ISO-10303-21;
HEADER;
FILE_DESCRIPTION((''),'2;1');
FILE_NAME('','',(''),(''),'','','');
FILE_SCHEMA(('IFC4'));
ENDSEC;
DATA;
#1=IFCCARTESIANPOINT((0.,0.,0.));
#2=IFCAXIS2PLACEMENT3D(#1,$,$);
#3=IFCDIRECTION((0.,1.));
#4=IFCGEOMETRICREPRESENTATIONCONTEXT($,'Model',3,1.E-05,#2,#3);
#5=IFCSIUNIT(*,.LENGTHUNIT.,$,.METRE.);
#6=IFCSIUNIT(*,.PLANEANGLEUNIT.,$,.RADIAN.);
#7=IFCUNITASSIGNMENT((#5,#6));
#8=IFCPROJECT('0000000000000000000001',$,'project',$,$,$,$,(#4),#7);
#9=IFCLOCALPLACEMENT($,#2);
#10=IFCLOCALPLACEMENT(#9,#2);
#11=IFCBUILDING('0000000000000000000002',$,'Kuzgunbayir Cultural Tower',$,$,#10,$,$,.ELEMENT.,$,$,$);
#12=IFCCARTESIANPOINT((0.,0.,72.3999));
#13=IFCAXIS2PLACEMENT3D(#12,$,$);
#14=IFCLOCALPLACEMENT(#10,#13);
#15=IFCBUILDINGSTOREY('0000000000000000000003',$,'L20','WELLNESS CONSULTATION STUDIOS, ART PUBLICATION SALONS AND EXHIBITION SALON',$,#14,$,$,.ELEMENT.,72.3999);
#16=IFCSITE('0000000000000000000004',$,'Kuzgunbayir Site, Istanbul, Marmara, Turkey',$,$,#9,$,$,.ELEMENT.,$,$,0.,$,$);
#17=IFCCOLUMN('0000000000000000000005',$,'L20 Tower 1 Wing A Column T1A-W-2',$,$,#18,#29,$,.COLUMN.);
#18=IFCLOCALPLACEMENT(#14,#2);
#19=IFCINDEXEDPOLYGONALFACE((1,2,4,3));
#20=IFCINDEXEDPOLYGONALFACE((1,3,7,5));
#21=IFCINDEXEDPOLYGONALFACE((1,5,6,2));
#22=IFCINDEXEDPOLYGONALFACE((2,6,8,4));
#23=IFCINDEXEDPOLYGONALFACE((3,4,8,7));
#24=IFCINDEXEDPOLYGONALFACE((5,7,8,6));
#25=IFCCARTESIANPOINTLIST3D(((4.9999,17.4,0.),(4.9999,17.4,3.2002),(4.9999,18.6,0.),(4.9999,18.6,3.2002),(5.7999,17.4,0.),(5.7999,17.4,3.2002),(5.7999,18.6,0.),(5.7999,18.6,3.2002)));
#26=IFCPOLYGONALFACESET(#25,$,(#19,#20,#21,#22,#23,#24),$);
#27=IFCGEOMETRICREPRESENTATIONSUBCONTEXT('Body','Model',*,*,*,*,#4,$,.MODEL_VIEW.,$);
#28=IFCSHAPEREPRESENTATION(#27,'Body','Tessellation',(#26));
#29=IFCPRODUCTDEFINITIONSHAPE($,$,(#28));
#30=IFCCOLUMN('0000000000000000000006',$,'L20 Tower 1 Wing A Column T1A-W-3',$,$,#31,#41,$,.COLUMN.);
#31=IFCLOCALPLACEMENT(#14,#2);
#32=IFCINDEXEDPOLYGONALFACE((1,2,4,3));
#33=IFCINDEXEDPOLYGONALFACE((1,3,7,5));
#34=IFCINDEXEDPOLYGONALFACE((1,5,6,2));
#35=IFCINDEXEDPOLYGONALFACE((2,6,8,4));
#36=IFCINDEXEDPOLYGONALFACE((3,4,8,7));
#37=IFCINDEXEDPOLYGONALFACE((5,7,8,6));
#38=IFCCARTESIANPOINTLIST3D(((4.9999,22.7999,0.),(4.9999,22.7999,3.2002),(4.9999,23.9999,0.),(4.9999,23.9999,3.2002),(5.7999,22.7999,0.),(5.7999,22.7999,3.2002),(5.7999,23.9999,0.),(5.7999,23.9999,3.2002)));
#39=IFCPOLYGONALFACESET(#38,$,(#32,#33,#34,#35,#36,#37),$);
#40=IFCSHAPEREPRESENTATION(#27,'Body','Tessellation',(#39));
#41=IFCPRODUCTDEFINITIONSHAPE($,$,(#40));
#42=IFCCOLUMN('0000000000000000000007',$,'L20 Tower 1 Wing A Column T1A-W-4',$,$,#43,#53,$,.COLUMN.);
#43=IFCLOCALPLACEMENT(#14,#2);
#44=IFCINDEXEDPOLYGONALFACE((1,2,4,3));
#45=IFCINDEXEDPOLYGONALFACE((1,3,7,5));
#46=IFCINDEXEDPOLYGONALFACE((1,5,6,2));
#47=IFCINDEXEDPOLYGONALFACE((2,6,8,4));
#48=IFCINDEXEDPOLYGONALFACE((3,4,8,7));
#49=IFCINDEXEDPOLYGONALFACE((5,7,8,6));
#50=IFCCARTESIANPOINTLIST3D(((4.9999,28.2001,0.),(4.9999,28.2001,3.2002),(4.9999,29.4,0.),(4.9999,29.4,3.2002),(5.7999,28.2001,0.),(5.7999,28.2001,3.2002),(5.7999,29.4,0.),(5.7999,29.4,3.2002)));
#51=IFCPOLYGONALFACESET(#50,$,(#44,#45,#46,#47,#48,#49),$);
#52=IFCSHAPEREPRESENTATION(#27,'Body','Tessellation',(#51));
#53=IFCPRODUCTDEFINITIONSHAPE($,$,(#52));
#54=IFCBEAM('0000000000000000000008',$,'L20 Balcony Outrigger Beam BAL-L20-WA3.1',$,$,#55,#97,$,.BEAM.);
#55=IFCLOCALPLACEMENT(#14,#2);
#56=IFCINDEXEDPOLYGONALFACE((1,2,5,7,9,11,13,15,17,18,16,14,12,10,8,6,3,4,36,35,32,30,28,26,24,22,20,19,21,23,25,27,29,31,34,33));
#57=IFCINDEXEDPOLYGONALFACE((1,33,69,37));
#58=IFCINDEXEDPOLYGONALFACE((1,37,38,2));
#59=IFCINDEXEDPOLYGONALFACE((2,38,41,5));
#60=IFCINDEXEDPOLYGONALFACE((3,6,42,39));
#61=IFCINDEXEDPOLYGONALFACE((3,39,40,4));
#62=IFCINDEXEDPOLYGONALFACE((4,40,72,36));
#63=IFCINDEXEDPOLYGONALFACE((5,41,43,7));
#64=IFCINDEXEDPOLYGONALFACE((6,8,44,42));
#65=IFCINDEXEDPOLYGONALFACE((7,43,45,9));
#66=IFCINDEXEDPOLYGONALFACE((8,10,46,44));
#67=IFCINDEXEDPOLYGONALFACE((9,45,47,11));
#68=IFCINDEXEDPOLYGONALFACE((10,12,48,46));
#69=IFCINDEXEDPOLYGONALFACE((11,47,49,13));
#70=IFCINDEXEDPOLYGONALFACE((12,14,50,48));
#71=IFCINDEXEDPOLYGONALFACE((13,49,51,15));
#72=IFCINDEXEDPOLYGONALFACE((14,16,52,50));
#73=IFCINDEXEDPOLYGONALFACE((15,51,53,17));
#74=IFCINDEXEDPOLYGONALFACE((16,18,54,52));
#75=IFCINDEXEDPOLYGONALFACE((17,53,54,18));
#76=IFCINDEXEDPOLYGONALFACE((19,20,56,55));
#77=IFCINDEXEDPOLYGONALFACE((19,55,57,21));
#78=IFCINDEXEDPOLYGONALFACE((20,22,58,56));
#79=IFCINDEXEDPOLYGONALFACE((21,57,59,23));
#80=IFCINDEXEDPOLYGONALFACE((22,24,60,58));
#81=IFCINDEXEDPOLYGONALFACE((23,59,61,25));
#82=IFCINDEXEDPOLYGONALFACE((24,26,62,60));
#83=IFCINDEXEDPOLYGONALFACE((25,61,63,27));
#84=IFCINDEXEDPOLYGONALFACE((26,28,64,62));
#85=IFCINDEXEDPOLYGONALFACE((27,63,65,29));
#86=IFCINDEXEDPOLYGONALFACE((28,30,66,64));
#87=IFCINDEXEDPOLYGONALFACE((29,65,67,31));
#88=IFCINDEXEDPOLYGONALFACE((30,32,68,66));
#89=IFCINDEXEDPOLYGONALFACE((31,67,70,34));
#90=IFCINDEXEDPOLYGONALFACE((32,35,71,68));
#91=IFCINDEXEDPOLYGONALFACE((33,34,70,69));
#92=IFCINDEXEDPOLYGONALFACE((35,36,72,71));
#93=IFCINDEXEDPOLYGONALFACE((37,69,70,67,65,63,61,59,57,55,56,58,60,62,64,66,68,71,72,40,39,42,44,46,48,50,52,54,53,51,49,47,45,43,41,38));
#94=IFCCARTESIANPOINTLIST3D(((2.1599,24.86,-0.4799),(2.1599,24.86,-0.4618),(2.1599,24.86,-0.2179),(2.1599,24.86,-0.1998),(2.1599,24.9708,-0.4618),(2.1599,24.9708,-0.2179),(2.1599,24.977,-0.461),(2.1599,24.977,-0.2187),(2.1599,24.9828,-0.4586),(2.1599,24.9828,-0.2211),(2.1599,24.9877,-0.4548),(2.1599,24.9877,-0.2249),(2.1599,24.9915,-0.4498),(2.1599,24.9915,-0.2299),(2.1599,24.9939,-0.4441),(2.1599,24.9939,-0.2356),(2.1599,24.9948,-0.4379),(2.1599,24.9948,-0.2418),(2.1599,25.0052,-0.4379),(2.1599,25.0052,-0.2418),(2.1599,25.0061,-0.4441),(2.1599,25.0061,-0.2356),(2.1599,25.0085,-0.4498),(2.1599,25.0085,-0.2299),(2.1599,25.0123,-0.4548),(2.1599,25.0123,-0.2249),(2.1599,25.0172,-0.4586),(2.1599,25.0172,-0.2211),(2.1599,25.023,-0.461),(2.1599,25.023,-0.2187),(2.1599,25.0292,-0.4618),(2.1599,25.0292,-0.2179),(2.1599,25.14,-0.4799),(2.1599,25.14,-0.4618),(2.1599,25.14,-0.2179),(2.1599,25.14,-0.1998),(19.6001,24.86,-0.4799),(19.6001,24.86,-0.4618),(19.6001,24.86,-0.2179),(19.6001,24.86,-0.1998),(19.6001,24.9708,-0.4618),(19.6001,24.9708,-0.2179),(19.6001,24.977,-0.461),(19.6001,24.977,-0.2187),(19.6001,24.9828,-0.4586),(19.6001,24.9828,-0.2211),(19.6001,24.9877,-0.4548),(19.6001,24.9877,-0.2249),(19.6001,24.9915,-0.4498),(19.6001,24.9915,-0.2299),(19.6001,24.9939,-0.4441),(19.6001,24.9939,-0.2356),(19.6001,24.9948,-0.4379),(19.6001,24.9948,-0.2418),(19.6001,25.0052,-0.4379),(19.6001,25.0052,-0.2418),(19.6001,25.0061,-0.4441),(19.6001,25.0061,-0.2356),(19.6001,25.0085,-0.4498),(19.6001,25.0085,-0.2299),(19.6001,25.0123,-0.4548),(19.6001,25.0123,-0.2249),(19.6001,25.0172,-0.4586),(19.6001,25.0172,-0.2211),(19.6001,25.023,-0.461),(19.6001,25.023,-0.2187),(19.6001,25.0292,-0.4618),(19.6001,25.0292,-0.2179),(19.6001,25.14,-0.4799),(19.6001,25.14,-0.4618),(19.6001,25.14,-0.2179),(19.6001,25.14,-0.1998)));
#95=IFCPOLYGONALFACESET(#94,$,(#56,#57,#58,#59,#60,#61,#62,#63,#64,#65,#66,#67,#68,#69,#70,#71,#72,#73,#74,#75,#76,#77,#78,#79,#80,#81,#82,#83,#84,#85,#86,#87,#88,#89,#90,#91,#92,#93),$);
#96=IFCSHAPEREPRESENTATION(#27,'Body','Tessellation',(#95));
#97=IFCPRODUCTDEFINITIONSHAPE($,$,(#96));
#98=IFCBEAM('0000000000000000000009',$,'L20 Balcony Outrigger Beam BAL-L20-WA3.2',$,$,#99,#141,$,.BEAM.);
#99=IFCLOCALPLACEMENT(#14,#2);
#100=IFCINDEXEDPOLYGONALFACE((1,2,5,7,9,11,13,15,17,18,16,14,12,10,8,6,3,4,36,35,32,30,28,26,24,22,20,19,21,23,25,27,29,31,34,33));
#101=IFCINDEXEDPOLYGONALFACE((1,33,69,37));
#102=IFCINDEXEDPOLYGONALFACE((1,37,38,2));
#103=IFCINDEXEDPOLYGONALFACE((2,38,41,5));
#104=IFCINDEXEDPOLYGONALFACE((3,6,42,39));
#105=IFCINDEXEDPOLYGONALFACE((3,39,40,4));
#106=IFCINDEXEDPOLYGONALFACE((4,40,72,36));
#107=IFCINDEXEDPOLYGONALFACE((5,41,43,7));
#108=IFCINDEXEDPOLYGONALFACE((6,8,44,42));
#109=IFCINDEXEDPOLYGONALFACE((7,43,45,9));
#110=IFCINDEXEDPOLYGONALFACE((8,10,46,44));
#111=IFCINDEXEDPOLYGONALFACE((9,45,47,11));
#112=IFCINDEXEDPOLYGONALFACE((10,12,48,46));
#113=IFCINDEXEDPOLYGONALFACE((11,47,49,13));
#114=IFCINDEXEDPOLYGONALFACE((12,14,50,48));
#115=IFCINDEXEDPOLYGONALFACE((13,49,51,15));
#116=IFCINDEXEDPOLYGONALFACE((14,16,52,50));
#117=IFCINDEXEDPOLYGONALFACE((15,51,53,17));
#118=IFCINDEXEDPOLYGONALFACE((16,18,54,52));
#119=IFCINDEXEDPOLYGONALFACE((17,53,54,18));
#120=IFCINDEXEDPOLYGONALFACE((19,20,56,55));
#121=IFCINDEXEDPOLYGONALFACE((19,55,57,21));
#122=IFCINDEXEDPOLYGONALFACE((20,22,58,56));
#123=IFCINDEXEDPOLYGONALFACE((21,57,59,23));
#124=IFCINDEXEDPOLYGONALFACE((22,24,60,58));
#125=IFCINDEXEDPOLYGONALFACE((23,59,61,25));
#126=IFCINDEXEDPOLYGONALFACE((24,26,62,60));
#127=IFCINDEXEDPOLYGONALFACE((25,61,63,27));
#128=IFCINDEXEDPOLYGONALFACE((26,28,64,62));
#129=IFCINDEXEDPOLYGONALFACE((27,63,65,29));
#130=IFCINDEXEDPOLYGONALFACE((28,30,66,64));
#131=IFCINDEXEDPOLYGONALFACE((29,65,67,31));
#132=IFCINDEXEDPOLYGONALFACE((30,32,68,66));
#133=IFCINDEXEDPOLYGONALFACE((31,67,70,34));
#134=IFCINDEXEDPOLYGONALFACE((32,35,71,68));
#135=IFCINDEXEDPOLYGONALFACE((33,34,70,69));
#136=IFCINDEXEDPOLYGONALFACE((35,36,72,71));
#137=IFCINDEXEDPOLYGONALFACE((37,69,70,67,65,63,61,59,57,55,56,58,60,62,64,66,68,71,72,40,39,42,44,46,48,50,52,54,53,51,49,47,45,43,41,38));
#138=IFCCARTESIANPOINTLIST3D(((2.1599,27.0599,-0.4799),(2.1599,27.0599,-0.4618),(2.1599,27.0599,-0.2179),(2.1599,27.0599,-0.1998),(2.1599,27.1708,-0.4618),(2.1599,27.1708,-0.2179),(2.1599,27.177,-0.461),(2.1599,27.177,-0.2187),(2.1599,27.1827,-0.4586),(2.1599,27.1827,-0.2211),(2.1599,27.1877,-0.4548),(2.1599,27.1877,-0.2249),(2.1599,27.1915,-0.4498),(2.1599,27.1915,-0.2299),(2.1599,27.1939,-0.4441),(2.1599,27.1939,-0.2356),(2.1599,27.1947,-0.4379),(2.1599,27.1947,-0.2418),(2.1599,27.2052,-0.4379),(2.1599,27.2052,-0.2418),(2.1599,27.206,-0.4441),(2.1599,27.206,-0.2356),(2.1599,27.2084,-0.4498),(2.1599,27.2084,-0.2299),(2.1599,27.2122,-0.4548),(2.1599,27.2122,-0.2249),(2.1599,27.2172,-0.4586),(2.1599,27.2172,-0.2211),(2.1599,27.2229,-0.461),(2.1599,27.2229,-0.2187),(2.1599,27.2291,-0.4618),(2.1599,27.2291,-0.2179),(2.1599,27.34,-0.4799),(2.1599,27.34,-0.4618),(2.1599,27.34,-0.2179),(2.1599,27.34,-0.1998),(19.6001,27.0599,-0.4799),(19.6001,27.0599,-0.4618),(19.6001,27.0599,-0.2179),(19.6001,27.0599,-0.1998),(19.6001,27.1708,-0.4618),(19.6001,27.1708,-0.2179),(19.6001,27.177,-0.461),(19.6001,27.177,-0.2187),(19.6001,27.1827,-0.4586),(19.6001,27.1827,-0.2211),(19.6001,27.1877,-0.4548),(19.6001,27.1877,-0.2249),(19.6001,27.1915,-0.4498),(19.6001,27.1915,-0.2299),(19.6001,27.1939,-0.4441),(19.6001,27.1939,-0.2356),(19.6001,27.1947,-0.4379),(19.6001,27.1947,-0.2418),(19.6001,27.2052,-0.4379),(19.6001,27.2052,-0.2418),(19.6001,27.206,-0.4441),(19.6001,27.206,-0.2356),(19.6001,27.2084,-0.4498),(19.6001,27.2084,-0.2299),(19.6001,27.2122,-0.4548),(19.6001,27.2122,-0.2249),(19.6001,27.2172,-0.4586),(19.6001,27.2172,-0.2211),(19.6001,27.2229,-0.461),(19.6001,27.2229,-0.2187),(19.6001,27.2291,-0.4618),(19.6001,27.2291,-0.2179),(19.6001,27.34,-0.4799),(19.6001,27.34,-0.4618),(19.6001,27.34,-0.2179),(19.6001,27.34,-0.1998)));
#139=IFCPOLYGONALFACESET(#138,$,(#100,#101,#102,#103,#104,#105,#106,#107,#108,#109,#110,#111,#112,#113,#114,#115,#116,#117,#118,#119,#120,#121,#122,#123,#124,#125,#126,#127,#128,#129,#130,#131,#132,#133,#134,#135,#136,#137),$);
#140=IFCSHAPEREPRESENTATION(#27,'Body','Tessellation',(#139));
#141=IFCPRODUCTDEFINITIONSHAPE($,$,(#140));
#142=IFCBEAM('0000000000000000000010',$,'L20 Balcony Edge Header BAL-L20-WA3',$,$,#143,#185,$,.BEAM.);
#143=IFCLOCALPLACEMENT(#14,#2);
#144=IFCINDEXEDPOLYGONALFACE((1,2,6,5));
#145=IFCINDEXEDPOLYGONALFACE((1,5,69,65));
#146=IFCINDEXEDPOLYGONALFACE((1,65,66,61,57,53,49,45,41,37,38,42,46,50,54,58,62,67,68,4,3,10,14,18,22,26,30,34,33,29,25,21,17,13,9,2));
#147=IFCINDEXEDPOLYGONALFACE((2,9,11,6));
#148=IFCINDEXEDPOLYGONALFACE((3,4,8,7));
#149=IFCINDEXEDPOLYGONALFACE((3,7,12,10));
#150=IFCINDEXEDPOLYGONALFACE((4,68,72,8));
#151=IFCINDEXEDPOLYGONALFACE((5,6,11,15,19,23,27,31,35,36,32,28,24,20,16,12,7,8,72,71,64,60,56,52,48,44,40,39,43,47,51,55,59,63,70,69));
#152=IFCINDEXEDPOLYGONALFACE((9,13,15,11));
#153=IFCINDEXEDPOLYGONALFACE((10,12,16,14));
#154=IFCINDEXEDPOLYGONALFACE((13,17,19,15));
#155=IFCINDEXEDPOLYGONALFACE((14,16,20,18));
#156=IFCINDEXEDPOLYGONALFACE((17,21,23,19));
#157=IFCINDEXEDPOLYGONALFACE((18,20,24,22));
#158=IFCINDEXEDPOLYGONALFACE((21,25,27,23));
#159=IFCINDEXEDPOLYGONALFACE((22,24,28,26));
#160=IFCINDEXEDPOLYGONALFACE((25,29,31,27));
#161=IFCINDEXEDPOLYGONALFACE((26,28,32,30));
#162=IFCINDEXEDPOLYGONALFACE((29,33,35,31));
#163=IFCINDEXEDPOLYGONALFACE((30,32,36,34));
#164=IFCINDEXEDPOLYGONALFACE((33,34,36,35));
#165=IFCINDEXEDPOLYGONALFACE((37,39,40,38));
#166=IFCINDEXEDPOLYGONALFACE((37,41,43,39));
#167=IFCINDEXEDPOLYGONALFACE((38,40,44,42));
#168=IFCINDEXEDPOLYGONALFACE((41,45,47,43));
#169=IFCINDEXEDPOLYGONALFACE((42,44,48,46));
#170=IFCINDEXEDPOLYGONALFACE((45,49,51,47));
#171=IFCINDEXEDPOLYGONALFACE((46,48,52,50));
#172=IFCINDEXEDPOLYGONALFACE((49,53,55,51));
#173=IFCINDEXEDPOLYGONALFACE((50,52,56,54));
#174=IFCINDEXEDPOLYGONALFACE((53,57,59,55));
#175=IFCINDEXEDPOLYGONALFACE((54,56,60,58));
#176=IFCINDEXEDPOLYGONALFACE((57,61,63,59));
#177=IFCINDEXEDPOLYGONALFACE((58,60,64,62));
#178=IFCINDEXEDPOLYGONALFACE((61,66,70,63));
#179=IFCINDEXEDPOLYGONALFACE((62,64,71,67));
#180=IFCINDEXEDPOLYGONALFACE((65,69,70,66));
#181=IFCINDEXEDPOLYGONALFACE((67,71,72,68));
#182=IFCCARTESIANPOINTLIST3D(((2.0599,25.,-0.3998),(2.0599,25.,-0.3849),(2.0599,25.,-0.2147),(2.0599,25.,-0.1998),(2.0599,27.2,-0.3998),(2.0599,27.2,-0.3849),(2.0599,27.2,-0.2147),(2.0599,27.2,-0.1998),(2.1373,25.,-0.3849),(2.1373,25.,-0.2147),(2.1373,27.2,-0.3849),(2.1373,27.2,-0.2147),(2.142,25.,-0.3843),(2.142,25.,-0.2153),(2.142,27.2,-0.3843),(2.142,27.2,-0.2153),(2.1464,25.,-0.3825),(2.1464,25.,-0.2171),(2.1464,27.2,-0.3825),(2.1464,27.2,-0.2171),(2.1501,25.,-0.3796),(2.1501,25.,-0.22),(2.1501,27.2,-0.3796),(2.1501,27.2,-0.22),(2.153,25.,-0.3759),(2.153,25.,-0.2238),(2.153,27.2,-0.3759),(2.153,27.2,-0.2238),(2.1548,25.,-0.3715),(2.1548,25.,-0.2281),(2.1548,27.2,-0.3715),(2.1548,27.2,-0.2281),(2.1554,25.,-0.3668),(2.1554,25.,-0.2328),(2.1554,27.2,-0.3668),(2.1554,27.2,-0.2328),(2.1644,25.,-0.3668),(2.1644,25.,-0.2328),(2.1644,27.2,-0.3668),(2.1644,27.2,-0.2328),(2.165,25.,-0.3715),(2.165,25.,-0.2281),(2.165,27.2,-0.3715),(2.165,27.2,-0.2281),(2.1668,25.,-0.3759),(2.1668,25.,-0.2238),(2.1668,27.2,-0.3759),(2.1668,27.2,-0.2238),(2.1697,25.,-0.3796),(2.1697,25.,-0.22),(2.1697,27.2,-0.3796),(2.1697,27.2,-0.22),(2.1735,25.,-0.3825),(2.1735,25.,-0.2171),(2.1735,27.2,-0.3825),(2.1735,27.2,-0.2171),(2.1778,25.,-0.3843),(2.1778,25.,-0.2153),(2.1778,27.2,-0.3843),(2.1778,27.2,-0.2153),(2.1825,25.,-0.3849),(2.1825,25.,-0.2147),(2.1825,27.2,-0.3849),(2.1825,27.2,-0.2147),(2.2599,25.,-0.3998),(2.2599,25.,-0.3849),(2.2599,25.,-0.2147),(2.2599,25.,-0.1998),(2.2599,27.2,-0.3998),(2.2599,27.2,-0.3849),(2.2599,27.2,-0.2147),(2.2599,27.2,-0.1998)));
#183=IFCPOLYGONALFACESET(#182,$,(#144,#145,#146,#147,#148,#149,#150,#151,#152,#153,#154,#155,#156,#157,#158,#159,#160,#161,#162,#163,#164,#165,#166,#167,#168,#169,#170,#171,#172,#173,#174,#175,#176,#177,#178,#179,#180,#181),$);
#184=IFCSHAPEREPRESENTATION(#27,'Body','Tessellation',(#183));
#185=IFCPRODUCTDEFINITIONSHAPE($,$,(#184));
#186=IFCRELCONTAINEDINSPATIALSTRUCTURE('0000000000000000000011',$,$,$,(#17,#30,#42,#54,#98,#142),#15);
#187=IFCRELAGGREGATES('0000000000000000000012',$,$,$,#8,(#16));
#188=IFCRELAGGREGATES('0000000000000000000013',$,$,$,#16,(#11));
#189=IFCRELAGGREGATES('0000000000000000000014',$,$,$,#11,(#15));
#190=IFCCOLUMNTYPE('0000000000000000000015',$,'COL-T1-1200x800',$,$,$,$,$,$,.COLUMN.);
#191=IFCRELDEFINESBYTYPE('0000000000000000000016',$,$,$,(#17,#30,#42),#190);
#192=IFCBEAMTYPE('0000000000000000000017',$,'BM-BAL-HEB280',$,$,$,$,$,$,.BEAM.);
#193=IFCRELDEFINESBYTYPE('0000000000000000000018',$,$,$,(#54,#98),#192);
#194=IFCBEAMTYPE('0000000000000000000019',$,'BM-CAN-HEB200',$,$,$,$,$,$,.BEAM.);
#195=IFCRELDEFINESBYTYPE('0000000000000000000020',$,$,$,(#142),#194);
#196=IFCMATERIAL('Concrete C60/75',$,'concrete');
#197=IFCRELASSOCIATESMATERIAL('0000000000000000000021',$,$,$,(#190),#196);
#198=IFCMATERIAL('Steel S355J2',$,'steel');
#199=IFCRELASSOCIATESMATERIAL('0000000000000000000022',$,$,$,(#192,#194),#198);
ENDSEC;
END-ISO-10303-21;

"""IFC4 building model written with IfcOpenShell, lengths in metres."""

from ifc_helpers import new_model, si_unit, direction, frame, origin, origin_2d, place, context, subcontext, project, spatial, rectangle, i_section, extrude, material, material_profile, profile_set, type_object, element, save


model = new_model("IFC4")

# Units and contexts
model_context = context("Model", 3, precision=1e-05, world=origin(), true_north=direction((0.0, 1.0)))
body_context = subcontext(model_context, "Body", "Model", "MODEL_VIEW")
ifc_project = project(units=[si_unit("LENGTHUNIT", "METRE"), si_unit("PLANEANGLEUNIT", "RADIAN")], contexts=[model_context])

# Site, building, storey
site_placement = place(None, origin())
site = spatial("IfcSite", under=ifc_project, at=site_placement, Name="Kuzgunbayir Site, Istanbul, Marmara, Turkey", CompositionType="ELEMENT", RefElevation=0.0)
building_placement = place(site_placement, origin())
building = spatial("IfcBuilding", under=site, at=building_placement, Name="Kuzgunbayir Cultural Tower", CompositionType="ELEMENT")
storey_placement = place(building_placement, frame((0.0, 0.0, 72.3999)))
storey = spatial("IfcBuildingStorey", under=building, at=storey_placement, Name="L20", Description="WELLNESS CONSULTATION STUDIOS, ART PUBLICATION SALONS AND EXHIBITION SALON", CompositionType="ELEMENT", Elevation=72.3999)

# Columns
ifc_material_1 = material(Name="Concrete C60/75", Category="concrete")
ifc_material_profile_1 = material_profile(ifc_material_1, rectangle(XDim=0.8, YDim=1.2, at=origin_2d()), Name="RC 1200x800")
ifc_profile_set_1 = profile_set([ifc_material_profile_1], Name="Concrete C60/75")
column_type = type_object("IfcColumnType", Name="COL-T1-1200x800", PredefinedType="COLUMN", material=ifc_profile_set_1)
for number, where, z_axis, x_axis, name in (
    (1, (5.3999, 18.0, 0.0), (0.0, 0.0, 1.0), (1.0, 0.0, 0.0), "L20 Tower 1 Wing A Column T1A-W-2"),
    (2, (5.3999, 23.3999, 0.0), (0.0, 0.0, 1.0), (1.0, 0.0, 0.0), "L20 Tower 1 Wing A Column T1A-W-3"),
    (3, (5.3999, 28.8, 0.0), (0.0, 0.0, 1.0), (1.0, 0.0, 0.0), "L20 Tower 1 Wing A Column T1A-W-4"),
):
    element("IfcColumn", number, at=place(storey_placement, frame(where, z_axis=z_axis, x_axis=x_axis)), inside=storey, type_object=column_type, Name=name, PredefinedType="COLUMN", context=body_context, shape_type="SweptSolid", body=[
        extrude(rectangle(XDim=0.8, YDim=1.2, at=origin_2d()), origin(), (0.0, 0.0, 1.0), 3.2002),
    ])

# Beams
ifc_material_2 = material(Name="Steel S355J2", Category="steel")
ifc_material_profile_2 = material_profile(ifc_material_2, i_section(OverallWidth=0.28, OverallDepth=0.28, WebThickness=0.0105, FlangeThickness=0.0181, FilletRadius=0.0239, at=origin_2d()), Name="HEB 280")
ifc_profile_set_2 = profile_set([ifc_material_profile_2], Name="Steel S355J2")
beam_type_1 = type_object("IfcBeamType", Name="BM-BAL-HEB280", PredefinedType="BEAM", material=ifc_profile_set_2)
for number, where, z_axis, x_axis, name in (
    (4, (2.1599, 25.0, -0.3398), (1.0, 0.0, 0.0), (0.0, 1.0, 0.0), "L20 Balcony Outrigger Beam BAL-L20-WA3.1"),
    (5, (2.1599, 27.2, -0.3398), (1.0, 0.0, 0.0), (0.0, 1.0, 0.0), "L20 Balcony Outrigger Beam BAL-L20-WA3.2"),
):
    element("IfcBeam", number, at=place(storey_placement, frame(where, z_axis=z_axis, x_axis=x_axis)), inside=storey, type_object=beam_type_1, Name=name, PredefinedType="BEAM", context=body_context, shape_type="SweptSolid", body=[
        extrude(i_section(OverallWidth=0.28, OverallDepth=0.28, WebThickness=0.0105, FlangeThickness=0.0181, FilletRadius=0.0239, at=origin_2d()), origin(), (0.0, 0.0, 1.0), 17.4402),
    ])
ifc_material_profile_3 = material_profile(ifc_material_2, i_section(OverallWidth=0.2, OverallDepth=0.2, WebThickness=0.009, FlangeThickness=0.0149, FilletRadius=0.0181, at=origin_2d()), Name="HEB 200")
ifc_profile_set_3 = profile_set([ifc_material_profile_3], Name="Steel S355J2")
beam_type_2 = type_object("IfcBeamType", Name="BM-CAN-HEB200", PredefinedType="BEAM", material=ifc_profile_set_3)
beam_1_placement = place(storey_placement, frame((2.1599, 25.0, -0.2998), z_axis=(0.0, 1.0, 0.0), x_axis=(-1.0, 0.0, 0.0)))
element("IfcBeam", 6, at=beam_1_placement, inside=storey, type_object=beam_type_2, Name="L20 Balcony Edge Header BAL-L20-WA3", PredefinedType="BEAM", context=body_context, shape_type="SweptSolid", body=[
    extrude(i_section(OverallWidth=0.2, OverallDepth=0.2, WebThickness=0.009, FlangeThickness=0.0149, FilletRadius=0.0181, at=origin_2d()), origin(), (0.0, 0.0, 1.0), 2.2),
])

save(model, "model.ifc")
